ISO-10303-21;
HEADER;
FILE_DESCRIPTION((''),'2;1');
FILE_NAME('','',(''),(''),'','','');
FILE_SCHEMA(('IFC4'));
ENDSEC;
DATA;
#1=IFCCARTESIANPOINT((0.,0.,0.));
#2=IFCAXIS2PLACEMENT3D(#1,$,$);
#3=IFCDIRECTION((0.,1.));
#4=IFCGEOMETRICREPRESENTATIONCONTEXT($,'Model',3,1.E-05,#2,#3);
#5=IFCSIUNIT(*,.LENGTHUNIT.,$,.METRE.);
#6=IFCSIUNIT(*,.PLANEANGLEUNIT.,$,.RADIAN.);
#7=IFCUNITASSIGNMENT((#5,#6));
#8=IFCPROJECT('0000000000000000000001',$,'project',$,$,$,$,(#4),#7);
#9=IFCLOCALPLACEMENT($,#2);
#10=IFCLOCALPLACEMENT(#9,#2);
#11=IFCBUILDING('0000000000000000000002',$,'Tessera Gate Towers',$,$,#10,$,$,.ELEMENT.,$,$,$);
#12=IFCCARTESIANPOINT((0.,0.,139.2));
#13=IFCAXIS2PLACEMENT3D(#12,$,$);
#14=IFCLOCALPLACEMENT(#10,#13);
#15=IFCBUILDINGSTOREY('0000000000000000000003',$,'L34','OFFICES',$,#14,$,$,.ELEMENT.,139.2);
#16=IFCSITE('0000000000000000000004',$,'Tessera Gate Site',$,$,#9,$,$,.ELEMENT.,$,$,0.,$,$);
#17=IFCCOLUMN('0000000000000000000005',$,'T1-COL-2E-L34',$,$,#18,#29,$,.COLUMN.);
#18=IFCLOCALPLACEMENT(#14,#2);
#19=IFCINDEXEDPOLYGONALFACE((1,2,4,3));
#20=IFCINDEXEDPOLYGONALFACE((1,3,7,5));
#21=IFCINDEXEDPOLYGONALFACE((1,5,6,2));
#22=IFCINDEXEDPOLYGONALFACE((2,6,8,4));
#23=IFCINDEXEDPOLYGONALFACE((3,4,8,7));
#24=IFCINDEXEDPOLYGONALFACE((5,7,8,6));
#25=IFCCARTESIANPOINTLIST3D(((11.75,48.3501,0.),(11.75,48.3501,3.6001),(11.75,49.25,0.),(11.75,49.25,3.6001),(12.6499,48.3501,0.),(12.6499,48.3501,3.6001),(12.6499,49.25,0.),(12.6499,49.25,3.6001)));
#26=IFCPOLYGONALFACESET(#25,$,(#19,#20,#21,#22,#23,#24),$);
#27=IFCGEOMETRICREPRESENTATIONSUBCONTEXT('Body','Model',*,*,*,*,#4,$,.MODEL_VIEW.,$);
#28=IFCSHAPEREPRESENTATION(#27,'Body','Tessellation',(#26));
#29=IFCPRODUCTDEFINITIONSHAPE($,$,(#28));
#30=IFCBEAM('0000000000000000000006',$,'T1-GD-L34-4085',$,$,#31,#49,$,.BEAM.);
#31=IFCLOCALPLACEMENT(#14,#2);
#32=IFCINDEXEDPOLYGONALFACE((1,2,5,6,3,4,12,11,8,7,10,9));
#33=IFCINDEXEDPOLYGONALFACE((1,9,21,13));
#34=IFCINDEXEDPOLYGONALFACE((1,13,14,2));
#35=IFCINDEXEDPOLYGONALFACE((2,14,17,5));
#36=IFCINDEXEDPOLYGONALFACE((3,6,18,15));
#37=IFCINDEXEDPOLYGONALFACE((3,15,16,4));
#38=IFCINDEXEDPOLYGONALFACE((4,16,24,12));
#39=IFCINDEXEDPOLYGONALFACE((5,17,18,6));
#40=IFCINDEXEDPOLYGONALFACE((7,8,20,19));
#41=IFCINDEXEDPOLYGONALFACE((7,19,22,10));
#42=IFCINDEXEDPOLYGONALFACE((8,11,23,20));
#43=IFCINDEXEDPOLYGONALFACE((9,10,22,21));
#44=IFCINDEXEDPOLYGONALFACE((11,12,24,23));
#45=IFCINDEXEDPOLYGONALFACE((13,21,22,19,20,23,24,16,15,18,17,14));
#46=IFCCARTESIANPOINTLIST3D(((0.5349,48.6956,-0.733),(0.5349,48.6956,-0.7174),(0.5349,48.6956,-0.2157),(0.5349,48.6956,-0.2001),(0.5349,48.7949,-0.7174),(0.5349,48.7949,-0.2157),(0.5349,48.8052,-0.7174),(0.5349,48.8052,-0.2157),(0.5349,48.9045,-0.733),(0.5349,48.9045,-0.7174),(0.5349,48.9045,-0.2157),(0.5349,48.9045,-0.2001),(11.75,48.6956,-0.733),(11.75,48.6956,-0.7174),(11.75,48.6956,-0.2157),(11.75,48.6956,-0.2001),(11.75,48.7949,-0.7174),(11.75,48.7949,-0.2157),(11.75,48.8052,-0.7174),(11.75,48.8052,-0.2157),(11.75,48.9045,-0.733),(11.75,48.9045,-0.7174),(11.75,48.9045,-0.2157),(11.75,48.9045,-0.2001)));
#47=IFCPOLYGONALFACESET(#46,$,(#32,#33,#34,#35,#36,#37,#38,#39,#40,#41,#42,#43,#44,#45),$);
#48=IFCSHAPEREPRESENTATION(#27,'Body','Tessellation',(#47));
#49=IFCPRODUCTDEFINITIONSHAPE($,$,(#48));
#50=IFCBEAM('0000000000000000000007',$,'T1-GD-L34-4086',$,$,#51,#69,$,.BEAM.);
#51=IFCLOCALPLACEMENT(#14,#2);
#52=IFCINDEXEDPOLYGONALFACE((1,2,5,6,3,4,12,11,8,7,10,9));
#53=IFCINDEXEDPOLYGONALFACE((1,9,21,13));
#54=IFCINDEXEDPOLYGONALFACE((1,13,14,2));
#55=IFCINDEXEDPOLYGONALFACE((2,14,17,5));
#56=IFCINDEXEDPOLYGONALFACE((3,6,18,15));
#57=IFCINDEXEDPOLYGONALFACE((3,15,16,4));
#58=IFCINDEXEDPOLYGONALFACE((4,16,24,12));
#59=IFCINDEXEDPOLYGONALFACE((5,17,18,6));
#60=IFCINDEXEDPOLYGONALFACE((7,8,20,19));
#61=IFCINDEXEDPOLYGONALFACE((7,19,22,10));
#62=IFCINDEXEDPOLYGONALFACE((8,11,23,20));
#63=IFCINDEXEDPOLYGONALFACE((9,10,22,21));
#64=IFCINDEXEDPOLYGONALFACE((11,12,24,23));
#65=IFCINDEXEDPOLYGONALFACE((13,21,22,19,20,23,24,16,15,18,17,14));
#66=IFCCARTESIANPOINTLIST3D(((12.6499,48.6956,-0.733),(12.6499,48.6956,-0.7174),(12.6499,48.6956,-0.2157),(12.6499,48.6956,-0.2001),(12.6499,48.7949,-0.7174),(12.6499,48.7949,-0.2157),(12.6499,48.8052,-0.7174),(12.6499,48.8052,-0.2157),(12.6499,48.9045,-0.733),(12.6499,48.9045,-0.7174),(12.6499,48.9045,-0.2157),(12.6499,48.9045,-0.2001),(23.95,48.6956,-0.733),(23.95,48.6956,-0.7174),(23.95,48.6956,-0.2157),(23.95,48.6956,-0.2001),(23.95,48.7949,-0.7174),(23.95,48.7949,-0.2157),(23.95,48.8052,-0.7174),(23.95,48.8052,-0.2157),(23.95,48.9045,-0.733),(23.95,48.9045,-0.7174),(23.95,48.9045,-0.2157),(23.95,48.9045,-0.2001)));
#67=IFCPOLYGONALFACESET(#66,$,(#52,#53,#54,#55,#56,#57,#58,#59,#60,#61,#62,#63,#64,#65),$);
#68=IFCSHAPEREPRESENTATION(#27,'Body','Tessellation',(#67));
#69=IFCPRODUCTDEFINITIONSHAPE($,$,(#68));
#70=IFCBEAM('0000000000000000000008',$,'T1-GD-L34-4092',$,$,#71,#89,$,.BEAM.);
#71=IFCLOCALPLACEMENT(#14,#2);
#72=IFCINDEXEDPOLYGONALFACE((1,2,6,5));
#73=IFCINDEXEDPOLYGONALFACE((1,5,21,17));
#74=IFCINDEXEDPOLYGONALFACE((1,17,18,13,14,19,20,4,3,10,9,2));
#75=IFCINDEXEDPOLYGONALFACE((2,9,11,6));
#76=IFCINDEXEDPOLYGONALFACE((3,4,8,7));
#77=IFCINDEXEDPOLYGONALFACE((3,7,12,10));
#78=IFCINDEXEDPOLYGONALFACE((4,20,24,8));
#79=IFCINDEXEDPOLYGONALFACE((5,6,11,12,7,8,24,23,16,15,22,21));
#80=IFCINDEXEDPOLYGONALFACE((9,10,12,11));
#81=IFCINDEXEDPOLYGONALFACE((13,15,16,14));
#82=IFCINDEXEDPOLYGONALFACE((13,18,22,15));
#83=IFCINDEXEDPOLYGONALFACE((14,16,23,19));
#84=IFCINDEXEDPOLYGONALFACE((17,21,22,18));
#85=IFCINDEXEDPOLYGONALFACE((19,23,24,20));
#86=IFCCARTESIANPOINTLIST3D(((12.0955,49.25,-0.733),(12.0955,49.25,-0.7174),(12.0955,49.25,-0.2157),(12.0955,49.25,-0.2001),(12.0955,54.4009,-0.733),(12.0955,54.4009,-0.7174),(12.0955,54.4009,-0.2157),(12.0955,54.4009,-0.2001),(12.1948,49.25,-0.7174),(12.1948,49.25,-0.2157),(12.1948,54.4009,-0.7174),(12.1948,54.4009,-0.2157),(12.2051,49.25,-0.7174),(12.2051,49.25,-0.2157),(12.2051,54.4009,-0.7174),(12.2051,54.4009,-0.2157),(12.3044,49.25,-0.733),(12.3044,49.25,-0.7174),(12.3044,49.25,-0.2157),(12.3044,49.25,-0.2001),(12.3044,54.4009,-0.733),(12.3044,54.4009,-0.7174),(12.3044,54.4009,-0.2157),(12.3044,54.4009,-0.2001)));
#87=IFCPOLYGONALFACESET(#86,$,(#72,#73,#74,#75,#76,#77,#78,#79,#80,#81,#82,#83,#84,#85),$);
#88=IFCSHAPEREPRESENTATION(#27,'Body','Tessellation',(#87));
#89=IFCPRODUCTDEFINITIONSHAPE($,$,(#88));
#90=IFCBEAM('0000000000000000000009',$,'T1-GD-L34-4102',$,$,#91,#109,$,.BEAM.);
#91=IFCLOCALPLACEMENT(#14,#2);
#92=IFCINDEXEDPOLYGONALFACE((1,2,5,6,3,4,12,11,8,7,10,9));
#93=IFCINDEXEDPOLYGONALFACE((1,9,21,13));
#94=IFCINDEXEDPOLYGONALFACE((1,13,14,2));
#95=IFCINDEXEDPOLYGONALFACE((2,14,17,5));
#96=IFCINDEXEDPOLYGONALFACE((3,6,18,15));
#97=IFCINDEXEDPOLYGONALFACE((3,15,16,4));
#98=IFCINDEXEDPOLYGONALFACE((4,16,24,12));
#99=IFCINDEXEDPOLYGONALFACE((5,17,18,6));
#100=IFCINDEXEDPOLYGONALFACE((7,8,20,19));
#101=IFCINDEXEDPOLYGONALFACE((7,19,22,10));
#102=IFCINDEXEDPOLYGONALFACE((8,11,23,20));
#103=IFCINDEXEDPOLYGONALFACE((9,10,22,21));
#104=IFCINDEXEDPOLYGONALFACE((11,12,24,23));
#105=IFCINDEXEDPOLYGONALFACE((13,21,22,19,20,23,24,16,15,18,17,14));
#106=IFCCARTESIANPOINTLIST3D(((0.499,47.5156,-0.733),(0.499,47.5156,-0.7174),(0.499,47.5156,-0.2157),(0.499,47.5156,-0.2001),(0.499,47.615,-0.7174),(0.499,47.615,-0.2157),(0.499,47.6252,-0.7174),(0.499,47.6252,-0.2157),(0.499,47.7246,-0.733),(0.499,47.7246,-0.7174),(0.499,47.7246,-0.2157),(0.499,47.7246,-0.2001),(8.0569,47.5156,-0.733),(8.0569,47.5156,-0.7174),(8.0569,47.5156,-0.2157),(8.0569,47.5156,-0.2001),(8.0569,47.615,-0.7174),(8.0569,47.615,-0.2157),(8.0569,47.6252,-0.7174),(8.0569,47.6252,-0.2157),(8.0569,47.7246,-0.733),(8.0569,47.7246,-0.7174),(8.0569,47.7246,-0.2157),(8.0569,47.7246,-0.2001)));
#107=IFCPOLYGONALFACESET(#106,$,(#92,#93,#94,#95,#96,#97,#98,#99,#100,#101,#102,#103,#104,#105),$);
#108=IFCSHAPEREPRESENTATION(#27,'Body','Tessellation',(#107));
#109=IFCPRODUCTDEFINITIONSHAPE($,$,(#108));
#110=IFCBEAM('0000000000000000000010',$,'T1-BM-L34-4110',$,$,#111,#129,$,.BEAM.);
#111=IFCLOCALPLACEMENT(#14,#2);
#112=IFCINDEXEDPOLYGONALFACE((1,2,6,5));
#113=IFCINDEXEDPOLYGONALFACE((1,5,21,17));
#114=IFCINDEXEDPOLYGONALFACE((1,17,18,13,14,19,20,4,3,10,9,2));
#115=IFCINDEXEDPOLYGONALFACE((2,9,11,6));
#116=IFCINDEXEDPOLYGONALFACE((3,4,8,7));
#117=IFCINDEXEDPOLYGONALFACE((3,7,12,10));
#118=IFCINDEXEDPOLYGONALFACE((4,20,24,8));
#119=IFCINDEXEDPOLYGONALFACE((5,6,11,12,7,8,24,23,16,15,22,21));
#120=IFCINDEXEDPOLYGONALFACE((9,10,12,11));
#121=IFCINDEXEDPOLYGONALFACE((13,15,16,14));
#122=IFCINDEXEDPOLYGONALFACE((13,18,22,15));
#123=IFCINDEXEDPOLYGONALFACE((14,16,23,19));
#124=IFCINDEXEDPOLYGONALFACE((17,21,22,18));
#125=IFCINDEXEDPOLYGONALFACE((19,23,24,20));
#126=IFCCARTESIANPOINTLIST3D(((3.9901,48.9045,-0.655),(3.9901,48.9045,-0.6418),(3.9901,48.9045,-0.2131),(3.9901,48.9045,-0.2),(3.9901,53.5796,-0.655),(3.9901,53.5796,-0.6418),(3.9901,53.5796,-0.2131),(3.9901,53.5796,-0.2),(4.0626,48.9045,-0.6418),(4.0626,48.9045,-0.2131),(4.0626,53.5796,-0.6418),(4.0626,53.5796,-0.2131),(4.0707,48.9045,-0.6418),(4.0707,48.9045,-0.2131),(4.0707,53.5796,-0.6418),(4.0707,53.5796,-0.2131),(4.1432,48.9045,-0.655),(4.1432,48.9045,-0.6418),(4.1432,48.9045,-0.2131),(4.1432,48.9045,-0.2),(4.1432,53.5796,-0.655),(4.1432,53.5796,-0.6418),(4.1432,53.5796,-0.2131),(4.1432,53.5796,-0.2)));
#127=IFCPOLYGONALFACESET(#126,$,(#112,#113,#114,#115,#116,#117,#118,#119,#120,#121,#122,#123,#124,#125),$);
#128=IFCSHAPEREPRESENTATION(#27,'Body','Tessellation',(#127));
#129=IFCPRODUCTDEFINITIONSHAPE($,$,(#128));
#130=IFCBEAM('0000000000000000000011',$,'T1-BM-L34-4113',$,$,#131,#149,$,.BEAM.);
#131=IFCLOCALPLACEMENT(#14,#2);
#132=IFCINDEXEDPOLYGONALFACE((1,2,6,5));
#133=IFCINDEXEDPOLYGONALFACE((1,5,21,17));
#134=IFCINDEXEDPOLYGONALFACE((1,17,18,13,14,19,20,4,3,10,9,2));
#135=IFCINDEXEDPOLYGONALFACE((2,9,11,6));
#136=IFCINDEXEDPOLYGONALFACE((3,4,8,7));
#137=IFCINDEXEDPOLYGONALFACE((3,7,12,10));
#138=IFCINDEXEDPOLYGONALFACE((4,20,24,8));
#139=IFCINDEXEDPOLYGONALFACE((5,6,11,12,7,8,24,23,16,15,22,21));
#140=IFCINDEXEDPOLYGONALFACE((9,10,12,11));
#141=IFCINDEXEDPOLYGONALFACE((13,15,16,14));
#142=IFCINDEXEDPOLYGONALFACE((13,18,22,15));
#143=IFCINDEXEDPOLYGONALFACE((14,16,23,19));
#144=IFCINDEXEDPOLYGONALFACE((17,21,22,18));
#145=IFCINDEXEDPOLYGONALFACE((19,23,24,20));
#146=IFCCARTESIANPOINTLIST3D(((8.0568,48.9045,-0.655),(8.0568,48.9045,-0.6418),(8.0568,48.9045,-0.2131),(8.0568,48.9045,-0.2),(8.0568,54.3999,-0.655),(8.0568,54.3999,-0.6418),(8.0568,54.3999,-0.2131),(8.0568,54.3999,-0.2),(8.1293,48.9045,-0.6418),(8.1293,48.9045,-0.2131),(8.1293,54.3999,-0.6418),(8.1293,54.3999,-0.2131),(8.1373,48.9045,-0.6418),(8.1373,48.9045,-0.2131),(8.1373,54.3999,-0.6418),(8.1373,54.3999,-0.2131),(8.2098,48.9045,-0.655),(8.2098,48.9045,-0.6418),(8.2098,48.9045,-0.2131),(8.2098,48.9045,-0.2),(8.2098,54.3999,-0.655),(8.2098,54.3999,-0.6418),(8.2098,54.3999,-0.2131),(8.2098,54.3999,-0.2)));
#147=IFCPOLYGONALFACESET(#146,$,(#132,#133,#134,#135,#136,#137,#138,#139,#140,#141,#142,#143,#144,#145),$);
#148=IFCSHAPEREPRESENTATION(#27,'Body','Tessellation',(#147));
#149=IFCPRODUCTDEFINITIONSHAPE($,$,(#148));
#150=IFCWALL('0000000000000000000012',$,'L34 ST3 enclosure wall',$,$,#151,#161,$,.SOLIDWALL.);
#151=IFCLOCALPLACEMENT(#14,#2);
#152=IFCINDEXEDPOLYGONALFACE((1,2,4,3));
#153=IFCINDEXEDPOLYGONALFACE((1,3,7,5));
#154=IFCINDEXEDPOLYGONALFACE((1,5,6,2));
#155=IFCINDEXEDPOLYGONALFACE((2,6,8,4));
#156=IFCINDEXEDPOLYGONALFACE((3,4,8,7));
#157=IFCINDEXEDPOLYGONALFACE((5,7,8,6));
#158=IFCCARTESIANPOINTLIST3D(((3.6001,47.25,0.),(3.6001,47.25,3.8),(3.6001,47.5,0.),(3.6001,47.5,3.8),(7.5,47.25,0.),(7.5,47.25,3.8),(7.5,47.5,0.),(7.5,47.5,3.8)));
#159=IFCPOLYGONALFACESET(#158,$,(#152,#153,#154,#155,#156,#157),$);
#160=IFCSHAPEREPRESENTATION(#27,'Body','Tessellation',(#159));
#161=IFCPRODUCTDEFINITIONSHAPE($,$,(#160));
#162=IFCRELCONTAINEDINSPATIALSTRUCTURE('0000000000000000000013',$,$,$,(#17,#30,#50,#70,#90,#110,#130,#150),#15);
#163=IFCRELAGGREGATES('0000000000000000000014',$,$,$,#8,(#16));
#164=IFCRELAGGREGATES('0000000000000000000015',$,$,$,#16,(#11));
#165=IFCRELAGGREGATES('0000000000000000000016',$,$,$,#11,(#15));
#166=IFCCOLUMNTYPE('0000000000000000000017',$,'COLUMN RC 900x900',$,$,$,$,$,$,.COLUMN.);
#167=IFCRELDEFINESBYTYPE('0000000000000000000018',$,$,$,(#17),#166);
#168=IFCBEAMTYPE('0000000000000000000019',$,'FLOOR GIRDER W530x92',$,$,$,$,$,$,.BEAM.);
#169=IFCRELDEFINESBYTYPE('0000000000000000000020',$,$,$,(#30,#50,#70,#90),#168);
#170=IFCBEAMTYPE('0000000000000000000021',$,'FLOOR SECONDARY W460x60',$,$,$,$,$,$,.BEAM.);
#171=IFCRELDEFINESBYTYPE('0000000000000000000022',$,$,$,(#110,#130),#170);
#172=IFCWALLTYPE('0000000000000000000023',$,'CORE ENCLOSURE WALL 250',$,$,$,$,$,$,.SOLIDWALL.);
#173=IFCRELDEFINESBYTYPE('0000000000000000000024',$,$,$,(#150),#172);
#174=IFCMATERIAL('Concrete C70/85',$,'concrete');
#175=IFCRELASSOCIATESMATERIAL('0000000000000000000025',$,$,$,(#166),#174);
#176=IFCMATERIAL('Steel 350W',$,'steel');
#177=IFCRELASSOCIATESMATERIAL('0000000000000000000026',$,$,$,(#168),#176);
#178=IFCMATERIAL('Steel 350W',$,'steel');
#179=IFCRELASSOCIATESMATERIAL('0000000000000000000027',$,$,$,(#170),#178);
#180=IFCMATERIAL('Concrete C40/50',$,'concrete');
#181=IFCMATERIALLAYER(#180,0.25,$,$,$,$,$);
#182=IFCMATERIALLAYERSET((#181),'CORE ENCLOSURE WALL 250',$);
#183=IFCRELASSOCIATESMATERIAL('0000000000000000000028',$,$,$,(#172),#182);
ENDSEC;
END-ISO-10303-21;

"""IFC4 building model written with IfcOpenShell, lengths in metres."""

from ifc_helpers import new_model, si_unit, direction, frame, frame_2d, origin, origin_2d, place, context, subcontext, project, spatial, rectangle, i_section, extrude, material, layer, layer_set, material_profile, profile_set, type_object, element, save


model = new_model("IFC4")

# Units and contexts
model_context = context("Model", 3, precision=1e-05, world=origin(), true_north=direction((0.0, 1.0)))
body_context = subcontext(model_context, "Body", "Model", "MODEL_VIEW")
ifc_project = project(units=[si_unit("LENGTHUNIT", "METRE"), si_unit("PLANEANGLEUNIT", "RADIAN")], contexts=[model_context])

# Site, building, storey
site_placement = place(None, origin())
site = spatial("IfcSite", under=ifc_project, at=site_placement, Name="Tessera Gate Site", CompositionType="ELEMENT", RefElevation=0.0)
building_placement = place(site_placement, origin())
building = spatial("IfcBuilding", under=site, at=building_placement, Name="Tessera Gate Towers", CompositionType="ELEMENT")
storey_placement = place(building_placement, frame((0.0, 0.0, 139.2)))
storey = spatial("IfcBuildingStorey", under=building, at=storey_placement, Name="L34", Description="OFFICES", CompositionType="ELEMENT", Elevation=139.2)

# Column
ifc_material_1 = material(Name="Concrete C70/85", Category="concrete")
ifc_material_profile_1 = material_profile(ifc_material_1, rectangle(XDim=0.8999, YDim=0.8999, at=origin_2d()), Name="RC 900x900")
ifc_profile_set_1 = profile_set([ifc_material_profile_1], Name="Concrete C70/85")
column_type = type_object("IfcColumnType", Name="COLUMN RC 900x900", PredefinedType="COLUMN", material=ifc_profile_set_1)
column_placement = place(storey_placement, frame((12.2, 48.8, 0.0), z_axis=(0.0, 0.0, 1.0), x_axis=(1.0, 0.0, 0.0)))
element("IfcColumn", 1, at=column_placement, inside=storey, type_object=column_type, Name="T1-COL-2E-L34", PredefinedType="COLUMN", context=body_context, shape_type="SweptSolid", body=[
    extrude(rectangle(XDim=0.8999, YDim=0.8999, at=origin_2d()), origin(), (0.0, 0.0, 1.0), 3.6001),
])

# Beams
ifc_material_2 = material(Name="Steel 350W", Category="steel")
ifc_material_profile_2 = material_profile(ifc_material_2, i_section(OverallWidth=0.209, OverallDepth=0.533, WebThickness=0.0103, FlangeThickness=0.0156, at=origin_2d()), Name="W530x92")
ifc_profile_set_2 = profile_set([ifc_material_profile_2], Name="Steel 350W")
beam_type_1 = type_object("IfcBeamType", Name="FLOOR GIRDER W530x92", PredefinedType="BEAM", material=ifc_profile_set_2)
beam_1_placement = place(storey_placement, frame((0.5349, 48.8, -0.4666), z_axis=(1.0, 0.0, 0.0), x_axis=(0.0, 1.0, 0.0)))
element("IfcBeam", 2, at=beam_1_placement, inside=storey, type_object=beam_type_1, Name="T1-GD-L34-4085", PredefinedType="BEAM", context=body_context, shape_type="SweptSolid", body=[
    extrude(i_section(OverallWidth=0.209, OverallDepth=0.533, WebThickness=0.0103, FlangeThickness=0.0156, at=origin_2d()), origin(), (0.0, 0.0, 1.0), 11.2151),
])
beam_2_placement = place(storey_placement, frame((12.6499, 48.8, -0.4666), z_axis=(1.0, 0.0, 0.0), x_axis=(0.0, 1.0, 0.0)))
element("IfcBeam", 3, at=beam_2_placement, inside=storey, type_object=beam_type_1, Name="T1-GD-L34-4086", PredefinedType="BEAM", context=body_context, shape_type="SweptSolid", body=[
    extrude(i_section(OverallWidth=0.209, OverallDepth=0.533, WebThickness=0.0103, FlangeThickness=0.0156, at=origin_2d()), origin(), (0.0, 0.0, 1.0), 11.3),
])
beam_3_placement = place(storey_placement, frame((12.2, 49.25, -0.4666), z_axis=(0.0, 1.0, 0.0), x_axis=(-1.0, 0.0, 0.0)))
element("IfcBeam", 4, at=beam_3_placement, inside=storey, type_object=beam_type_1, Name="T1-GD-L34-4092", PredefinedType="BEAM", context=body_context, shape_type="SweptSolid", body=[
    extrude(i_section(OverallWidth=0.209, OverallDepth=0.533, WebThickness=0.0103, FlangeThickness=0.0156, at=origin_2d()), origin(), (0.0, 0.0, 1.0), 5.1509),
])
beam_4_placement = place(storey_placement, frame((0.499, 47.6201, -0.4666), z_axis=(1.0, 0.0, 0.0), x_axis=(0.0, 1.0, 0.0)))
element("IfcBeam", 5, at=beam_4_placement, inside=storey, type_object=beam_type_1, Name="T1-GD-L34-4102", PredefinedType="BEAM", context=body_context, shape_type="SweptSolid", body=[
    extrude(i_section(OverallWidth=0.209, OverallDepth=0.533, WebThickness=0.0103, FlangeThickness=0.0156, at=origin_2d()), origin(), (0.0, 0.0, 1.0), 7.5579),
])
ifc_material_3 = material(Name="Steel 350W", Category="steel")
ifc_material_profile_3 = material_profile(ifc_material_3, i_section(OverallWidth=0.1531, OverallDepth=0.4551, WebThickness=0.0081, FlangeThickness=0.0132, at=origin_2d()), Name="W460x60")
ifc_profile_set_3 = profile_set([ifc_material_profile_3], Name="Steel 350W")
beam_type_2 = type_object("IfcBeamType", Name="FLOOR SECONDARY W460x60", PredefinedType="BEAM", material=ifc_profile_set_3)
beam_5_placement = place(storey_placement, frame((4.0667, 48.9045, -0.4275), z_axis=(0.0, 1.0, 0.0), x_axis=(-1.0, 0.0, 0.0)))
element("IfcBeam", 6, at=beam_5_placement, inside=storey, type_object=beam_type_2, Name="T1-BM-L34-4110", PredefinedType="BEAM", context=body_context, shape_type="SweptSolid", body=[
    extrude(i_section(OverallWidth=0.1531, OverallDepth=0.4551, WebThickness=0.0081, FlangeThickness=0.0132, at=origin_2d()), origin(), (0.0, 0.0, 1.0), 4.675),
])
beam_6_placement = place(storey_placement, frame((8.1333, 48.9045, -0.4275), z_axis=(0.0, 1.0, 0.0), x_axis=(-1.0, 0.0, 0.0)))
element("IfcBeam", 7, at=beam_6_placement, inside=storey, type_object=beam_type_2, Name="T1-BM-L34-4113", PredefinedType="BEAM", context=body_context, shape_type="SweptSolid", body=[
    extrude(i_section(OverallWidth=0.1531, OverallDepth=0.4551, WebThickness=0.0081, FlangeThickness=0.0132, at=origin_2d()), origin(), (0.0, 0.0, 1.0), 5.4954),
])

# Wall
ifc_material_4 = material(Name="Concrete C40/50", Category="concrete")
ifc_layer_1 = layer(ifc_material_4, 0.25)
ifc_layer_set_1 = layer_set([ifc_layer_1], Name="CORE ENCLOSURE WALL 250")
wall_type_1 = type_object("IfcWallType", Name="CORE ENCLOSURE WALL 250", PredefinedType="SOLIDWALL", material=ifc_layer_set_1)
wall_1_placement = place(storey_placement, frame((3.6001, 47.375, 0.0), z_axis=(0.0, 0.0, 1.0), x_axis=(1.0, 0.0, 0.0)))
element("IfcWall", 8, at=wall_1_placement, inside=storey, type_object=wall_type_1, Name="L34 ST3 enclosure wall", PredefinedType="SOLIDWALL", context=body_context, shape_type="SweptSolid", body=[
    extrude(rectangle(XDim=3.8999, YDim=0.25, at=frame_2d((1.95, 0.0))), origin(), (0.0, 0.0, 1.0), 3.8),
])

save(model, "model.ifc")
